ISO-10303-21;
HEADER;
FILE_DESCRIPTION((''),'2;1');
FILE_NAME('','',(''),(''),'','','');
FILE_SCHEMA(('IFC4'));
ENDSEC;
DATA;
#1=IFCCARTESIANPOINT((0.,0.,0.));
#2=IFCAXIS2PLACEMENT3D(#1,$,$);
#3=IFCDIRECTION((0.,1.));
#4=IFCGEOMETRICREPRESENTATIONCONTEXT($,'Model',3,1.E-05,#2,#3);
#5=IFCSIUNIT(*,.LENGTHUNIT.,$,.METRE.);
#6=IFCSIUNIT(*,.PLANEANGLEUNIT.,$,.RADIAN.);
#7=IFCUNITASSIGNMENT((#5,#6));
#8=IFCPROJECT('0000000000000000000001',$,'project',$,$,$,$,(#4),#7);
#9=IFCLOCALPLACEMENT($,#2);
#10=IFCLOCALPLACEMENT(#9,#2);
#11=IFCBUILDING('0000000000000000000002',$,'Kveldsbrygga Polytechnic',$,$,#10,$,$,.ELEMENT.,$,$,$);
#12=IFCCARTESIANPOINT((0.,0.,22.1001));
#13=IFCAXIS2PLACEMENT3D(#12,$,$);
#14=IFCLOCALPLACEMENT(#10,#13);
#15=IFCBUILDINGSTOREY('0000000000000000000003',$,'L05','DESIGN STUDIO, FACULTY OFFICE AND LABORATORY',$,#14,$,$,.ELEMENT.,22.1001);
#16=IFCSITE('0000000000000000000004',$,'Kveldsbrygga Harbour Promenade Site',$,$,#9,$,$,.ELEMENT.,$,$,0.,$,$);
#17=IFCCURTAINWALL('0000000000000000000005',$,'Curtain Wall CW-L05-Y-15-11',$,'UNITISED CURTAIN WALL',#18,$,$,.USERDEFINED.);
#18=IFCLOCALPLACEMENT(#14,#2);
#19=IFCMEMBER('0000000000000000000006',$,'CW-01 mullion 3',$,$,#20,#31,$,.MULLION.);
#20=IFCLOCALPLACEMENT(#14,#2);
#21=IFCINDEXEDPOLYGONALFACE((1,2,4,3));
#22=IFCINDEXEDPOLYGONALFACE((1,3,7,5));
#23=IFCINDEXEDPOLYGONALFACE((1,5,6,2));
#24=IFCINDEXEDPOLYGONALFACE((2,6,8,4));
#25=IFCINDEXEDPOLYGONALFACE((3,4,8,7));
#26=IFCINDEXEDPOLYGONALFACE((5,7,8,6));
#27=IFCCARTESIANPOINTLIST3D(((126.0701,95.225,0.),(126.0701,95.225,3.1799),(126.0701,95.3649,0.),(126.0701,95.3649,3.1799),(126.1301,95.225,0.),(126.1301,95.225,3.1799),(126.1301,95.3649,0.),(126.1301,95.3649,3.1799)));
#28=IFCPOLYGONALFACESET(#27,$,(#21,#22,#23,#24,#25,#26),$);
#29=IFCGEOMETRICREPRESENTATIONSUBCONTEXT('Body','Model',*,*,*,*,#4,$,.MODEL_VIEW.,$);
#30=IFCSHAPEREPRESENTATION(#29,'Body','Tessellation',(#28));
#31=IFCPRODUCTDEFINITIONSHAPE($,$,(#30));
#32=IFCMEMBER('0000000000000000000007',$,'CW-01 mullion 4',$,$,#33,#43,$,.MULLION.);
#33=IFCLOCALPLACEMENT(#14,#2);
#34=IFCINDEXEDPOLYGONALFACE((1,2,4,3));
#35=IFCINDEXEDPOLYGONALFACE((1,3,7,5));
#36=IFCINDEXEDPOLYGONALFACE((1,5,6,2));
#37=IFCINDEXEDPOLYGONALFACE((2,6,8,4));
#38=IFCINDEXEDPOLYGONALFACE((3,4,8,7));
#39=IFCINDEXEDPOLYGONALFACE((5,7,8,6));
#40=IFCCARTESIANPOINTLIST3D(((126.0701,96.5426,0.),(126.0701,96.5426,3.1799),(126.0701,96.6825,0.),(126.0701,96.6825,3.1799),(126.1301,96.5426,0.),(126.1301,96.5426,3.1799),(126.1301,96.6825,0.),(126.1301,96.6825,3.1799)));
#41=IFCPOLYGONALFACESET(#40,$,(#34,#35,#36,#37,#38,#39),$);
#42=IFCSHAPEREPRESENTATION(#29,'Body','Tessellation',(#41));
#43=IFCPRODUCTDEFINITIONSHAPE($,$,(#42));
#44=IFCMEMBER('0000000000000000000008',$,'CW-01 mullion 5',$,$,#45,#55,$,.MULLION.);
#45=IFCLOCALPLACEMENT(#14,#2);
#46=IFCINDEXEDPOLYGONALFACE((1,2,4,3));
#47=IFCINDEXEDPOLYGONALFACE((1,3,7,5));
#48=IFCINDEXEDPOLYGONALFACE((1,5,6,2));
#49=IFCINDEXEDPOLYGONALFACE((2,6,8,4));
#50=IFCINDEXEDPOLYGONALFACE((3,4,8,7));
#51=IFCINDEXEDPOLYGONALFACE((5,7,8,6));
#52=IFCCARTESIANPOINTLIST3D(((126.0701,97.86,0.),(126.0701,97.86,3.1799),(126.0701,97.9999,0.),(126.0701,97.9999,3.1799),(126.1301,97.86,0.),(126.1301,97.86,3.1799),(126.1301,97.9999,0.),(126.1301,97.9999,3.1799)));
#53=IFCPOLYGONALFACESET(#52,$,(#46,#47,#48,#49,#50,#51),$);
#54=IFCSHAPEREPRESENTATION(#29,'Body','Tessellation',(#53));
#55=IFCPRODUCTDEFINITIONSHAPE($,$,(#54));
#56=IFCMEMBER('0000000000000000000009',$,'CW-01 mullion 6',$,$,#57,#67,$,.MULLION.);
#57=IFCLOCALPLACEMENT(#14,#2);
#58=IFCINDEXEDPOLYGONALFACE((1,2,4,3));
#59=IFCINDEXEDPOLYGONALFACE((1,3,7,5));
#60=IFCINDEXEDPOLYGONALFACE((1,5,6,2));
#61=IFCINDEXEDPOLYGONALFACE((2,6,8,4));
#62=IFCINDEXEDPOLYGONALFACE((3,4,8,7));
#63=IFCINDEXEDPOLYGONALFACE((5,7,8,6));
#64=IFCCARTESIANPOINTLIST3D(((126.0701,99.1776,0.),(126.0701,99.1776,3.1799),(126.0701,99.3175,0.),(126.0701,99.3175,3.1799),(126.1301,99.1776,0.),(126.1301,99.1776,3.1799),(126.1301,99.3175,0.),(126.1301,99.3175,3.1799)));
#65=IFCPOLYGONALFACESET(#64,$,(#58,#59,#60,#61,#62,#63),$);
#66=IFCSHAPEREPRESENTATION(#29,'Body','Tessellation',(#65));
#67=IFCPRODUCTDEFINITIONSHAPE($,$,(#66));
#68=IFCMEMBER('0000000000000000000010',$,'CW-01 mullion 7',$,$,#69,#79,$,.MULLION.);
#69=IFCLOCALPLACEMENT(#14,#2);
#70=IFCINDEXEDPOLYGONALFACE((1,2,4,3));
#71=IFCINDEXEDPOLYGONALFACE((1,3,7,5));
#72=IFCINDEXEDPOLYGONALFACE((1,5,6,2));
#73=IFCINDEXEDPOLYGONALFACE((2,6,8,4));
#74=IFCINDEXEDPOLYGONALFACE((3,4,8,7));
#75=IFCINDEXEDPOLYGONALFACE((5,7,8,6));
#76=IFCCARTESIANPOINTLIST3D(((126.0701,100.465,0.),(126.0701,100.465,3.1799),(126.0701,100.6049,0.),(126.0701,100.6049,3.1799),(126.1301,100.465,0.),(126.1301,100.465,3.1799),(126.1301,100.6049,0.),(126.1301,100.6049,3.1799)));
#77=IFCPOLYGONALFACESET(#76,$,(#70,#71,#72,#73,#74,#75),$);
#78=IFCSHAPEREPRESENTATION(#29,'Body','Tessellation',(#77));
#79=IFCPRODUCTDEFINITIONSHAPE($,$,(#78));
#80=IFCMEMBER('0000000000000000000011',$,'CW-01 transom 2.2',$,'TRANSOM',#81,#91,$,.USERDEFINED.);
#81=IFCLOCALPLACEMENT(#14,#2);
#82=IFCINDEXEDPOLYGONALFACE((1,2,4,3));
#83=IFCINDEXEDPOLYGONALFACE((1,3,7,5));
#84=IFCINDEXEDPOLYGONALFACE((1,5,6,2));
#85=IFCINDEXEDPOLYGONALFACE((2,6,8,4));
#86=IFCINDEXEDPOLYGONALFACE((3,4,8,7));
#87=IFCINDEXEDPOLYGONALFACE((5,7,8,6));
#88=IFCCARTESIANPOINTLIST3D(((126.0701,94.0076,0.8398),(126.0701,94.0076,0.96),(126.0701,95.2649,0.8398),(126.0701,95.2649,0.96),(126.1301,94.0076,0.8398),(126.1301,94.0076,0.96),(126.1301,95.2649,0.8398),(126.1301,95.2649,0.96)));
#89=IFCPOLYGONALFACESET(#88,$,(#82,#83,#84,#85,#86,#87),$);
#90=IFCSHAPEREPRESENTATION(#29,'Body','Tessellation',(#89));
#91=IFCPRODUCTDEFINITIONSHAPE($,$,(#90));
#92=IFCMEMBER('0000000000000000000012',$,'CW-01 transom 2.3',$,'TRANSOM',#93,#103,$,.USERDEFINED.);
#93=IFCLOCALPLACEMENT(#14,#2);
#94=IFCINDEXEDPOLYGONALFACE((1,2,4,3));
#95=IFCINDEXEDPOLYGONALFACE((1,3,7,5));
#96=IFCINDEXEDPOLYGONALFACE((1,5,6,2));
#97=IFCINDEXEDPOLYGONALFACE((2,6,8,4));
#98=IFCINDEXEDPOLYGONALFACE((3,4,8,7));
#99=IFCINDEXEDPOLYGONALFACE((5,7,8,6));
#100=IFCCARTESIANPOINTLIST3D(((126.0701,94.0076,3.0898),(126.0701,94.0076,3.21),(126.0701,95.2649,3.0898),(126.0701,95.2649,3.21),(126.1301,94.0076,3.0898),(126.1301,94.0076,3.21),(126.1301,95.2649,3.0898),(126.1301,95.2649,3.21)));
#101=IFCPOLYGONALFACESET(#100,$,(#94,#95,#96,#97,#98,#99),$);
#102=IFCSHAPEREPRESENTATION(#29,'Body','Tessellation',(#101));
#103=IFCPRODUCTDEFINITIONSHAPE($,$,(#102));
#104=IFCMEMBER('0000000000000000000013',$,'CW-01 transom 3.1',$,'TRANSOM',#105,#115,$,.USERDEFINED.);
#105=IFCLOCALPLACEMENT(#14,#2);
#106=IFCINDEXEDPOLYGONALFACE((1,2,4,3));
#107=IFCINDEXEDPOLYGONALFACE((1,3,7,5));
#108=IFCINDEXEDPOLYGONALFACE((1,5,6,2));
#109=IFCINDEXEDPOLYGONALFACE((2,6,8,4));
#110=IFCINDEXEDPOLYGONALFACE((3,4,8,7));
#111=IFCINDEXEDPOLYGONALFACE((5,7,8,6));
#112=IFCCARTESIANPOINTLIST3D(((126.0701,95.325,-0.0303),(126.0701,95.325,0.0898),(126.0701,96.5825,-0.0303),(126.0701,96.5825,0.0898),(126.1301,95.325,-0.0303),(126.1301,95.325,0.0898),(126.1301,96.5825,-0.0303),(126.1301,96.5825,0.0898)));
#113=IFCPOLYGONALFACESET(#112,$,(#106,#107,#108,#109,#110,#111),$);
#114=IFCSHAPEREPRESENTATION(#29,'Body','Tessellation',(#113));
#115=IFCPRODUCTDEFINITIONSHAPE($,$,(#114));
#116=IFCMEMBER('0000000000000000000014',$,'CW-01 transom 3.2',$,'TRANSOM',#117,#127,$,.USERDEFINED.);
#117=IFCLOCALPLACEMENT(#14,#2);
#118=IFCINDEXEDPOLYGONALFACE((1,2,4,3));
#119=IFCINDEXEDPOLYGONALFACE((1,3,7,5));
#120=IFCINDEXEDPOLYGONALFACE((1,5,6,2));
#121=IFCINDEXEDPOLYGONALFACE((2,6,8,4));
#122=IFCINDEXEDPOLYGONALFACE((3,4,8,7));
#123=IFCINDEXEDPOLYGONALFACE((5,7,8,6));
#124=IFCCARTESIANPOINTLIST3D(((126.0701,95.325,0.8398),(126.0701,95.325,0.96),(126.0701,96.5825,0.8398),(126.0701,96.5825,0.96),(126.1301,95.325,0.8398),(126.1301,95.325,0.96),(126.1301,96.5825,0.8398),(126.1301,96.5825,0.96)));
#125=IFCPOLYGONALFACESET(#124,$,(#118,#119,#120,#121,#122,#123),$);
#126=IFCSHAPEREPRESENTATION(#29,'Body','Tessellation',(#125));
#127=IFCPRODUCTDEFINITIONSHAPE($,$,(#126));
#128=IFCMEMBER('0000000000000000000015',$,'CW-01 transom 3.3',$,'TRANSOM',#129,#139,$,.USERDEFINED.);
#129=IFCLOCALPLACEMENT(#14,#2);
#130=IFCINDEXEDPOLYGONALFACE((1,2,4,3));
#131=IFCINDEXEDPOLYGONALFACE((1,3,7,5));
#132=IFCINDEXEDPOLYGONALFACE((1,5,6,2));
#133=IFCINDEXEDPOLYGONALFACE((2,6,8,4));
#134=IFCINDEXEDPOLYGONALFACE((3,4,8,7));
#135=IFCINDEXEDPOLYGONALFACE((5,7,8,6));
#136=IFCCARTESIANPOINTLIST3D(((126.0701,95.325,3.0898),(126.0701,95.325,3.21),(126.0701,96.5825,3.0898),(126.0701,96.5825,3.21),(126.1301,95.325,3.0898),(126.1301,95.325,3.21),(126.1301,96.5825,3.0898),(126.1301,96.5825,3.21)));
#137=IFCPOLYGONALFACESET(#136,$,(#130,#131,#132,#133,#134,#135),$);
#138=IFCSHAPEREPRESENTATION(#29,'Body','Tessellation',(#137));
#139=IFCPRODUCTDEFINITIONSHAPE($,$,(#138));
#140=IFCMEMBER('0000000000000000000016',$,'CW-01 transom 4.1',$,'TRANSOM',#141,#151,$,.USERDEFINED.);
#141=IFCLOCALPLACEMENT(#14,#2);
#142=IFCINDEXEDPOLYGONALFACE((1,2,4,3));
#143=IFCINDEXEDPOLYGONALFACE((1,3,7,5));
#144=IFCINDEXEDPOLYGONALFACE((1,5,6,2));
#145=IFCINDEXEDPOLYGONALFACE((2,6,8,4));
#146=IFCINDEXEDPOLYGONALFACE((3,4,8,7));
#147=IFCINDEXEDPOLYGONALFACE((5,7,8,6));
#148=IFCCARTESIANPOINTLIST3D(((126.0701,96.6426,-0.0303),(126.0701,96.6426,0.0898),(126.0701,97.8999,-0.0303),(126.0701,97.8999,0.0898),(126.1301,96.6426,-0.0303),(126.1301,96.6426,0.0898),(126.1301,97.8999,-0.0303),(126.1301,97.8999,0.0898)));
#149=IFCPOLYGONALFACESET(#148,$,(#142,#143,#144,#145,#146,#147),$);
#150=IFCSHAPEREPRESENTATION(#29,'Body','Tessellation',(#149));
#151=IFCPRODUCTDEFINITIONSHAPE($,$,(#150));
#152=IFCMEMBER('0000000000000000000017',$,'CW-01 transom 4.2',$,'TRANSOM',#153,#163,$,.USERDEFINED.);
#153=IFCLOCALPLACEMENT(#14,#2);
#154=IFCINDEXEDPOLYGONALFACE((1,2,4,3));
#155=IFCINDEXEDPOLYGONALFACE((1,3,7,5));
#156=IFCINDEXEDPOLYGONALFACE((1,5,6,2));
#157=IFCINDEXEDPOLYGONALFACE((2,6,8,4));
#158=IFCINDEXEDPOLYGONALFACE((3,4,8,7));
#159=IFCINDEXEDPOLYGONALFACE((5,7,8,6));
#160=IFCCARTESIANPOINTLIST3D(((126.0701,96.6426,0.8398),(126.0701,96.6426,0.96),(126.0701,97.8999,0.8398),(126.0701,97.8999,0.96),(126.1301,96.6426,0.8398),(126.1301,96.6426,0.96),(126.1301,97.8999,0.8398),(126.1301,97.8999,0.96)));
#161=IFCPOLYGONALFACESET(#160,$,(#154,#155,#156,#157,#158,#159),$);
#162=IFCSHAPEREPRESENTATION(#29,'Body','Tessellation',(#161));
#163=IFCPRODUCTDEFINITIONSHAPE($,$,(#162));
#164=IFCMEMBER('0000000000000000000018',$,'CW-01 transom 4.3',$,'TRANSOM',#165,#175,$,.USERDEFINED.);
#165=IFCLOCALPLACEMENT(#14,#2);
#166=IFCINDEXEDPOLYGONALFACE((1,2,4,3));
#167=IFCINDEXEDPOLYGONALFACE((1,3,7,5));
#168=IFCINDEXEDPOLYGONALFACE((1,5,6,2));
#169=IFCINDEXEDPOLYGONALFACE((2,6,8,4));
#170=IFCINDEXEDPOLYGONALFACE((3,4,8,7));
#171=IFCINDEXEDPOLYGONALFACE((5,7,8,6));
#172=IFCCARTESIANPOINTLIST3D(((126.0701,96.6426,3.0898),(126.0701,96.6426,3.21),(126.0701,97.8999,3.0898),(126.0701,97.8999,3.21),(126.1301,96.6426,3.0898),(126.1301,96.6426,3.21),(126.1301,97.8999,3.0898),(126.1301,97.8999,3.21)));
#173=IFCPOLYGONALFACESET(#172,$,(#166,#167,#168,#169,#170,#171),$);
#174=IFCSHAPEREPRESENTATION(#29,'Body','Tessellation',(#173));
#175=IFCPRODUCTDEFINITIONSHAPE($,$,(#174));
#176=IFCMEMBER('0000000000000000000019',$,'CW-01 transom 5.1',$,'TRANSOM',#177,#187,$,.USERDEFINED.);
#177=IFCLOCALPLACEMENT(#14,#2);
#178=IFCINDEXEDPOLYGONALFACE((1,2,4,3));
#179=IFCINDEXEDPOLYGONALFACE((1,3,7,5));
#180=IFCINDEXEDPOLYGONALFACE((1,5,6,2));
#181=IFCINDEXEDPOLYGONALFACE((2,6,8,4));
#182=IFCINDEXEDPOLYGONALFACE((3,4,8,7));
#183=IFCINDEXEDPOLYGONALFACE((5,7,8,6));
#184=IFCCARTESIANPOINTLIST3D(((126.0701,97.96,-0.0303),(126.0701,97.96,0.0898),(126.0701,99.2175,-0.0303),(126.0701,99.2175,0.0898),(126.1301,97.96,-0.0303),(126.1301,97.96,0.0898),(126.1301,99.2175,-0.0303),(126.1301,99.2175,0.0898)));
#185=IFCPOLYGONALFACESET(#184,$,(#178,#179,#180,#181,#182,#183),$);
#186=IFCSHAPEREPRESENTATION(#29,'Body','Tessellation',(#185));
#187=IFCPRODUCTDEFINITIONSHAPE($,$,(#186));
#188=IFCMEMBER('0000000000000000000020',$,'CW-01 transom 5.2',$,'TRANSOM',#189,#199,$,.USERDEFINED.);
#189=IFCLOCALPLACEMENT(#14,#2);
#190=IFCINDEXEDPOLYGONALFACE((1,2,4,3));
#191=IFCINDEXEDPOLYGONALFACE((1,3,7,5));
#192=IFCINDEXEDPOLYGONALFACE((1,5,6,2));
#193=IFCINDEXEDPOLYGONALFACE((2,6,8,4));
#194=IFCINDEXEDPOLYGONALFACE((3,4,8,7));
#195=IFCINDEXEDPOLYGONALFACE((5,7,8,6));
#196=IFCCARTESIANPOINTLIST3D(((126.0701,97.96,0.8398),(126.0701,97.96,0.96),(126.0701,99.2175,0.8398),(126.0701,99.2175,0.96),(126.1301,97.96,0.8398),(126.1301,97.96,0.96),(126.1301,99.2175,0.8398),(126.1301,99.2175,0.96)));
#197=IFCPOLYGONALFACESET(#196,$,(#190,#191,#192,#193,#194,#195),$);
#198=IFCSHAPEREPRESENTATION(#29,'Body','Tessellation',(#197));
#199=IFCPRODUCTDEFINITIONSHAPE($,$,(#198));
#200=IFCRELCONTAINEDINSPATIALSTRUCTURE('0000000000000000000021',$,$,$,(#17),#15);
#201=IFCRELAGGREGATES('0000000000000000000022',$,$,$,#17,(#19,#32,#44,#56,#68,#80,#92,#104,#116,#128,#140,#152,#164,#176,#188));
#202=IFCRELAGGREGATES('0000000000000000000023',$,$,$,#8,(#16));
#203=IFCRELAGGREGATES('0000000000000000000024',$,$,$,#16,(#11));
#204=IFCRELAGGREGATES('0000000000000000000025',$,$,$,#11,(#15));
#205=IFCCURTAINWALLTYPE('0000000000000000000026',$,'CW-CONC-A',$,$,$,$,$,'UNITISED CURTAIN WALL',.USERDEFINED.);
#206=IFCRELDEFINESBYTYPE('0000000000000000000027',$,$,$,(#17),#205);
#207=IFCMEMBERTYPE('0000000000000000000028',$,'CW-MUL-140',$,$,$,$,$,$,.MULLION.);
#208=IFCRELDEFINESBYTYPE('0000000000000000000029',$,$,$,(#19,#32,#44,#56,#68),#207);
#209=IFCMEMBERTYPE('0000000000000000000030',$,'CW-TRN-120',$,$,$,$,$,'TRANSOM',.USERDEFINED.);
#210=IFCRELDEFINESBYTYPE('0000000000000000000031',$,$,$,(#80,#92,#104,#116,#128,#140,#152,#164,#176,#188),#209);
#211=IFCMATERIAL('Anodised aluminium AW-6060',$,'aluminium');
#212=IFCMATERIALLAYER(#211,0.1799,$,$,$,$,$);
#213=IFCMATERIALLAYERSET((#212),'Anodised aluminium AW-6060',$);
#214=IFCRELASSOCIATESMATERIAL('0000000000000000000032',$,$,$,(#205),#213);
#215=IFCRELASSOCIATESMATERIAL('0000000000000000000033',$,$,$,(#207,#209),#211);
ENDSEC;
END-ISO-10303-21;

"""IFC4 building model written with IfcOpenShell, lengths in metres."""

from ifc_helpers import new_model, si_unit, direction, frame, origin, origin_2d, place, context, subcontext, project, spatial, rectangle, extrude, material, layer, layer_set, material_profile, profile_set, type_object, element, aggregate, save


model = new_model("IFC4")

# Units and contexts
model_context = context("Model", 3, precision=1e-05, world=origin(), true_north=direction((0.0, 1.0)))
body_context = subcontext(model_context, "Body", "Model", "MODEL_VIEW")
ifc_project = project(units=[si_unit("LENGTHUNIT", "METRE"), si_unit("PLANEANGLEUNIT", "RADIAN")], contexts=[model_context])

# Site, building, storey
site_placement = place(None, origin())
site = spatial("IfcSite", under=ifc_project, at=site_placement, Name="Kveldsbrygga Harbour Promenade Site", CompositionType="ELEMENT", RefElevation=0.0)
building_placement = place(site_placement, origin())
building = spatial("IfcBuilding", under=site, at=building_placement, Name="Kveldsbrygga Polytechnic", CompositionType="ELEMENT")
storey_placement = place(building_placement, frame((0.0, 0.0, 22.1001)))
storey = spatial("IfcBuildingStorey", under=building, at=storey_placement, Name="L05", Description="DESIGN STUDIO, FACULTY OFFICE AND LABORATORY", CompositionType="ELEMENT", Elevation=22.1001)

# Curtain wall, members
ifc_material_1 = material(Name="Anodised aluminium AW-6060", Category="aluminium")
ifc_layer_1 = layer(ifc_material_1, 0.1799)
ifc_layer_set_1 = layer_set([ifc_layer_1], Name="Anodised aluminium AW-6060")
curtain_wall_type = type_object("IfcCurtainWallType", Name="CW-CONC-A", ElementType="UNITISED CURTAIN WALL", PredefinedType="USERDEFINED", material=ifc_layer_set_1)
curtain_wall_placement = place(storey_placement, origin())
curtain_wall = element("IfcCurtainWall", 1, at=curtain_wall_placement, inside=storey, type_object=curtain_wall_type, Name="Curtain Wall CW-L05-Y-15-11", ObjectType="UNITISED CURTAIN WALL", PredefinedType="USERDEFINED")
ifc_material_profile_1 = material_profile(ifc_material_1, rectangle(XDim=0.0601, YDim=0.1399, at=origin_2d()), Name="ALU 60x140")
ifc_profile_set_1 = profile_set([ifc_material_profile_1], Name="Anodised aluminium AW-6060")
member_type_1 = type_object("IfcMemberType", Name="CW-MUL-140", PredefinedType="MULLION", material=ifc_profile_set_1)
member_1_placement = place(storey_placement, frame((126.1001, 95.2949, 0.0), z_axis=(0.0, 0.0, 1.0), x_axis=(-1.0, 0.0, 0.0)))
member_1 = element("IfcMember", 2, at=member_1_placement, type_object=member_type_1, Name="CW-01 mullion 3", PredefinedType="MULLION", context=body_context, shape_type="SweptSolid", body=[
    extrude(rectangle(XDim=0.0601, YDim=0.1399, at=origin_2d()), origin(), (0.0, 0.0, 1.0), 3.1799),
])
member_2_placement = place(storey_placement, frame((126.1001, 96.6125, 0.0), z_axis=(0.0, 0.0, 1.0), x_axis=(-1.0, 0.0, 0.0)))
member_2 = element("IfcMember", 3, at=member_2_placement, type_object=member_type_1, Name="CW-01 mullion 4", PredefinedType="MULLION", context=body_context, shape_type="SweptSolid", body=[
    extrude(rectangle(XDim=0.0601, YDim=0.1399, at=origin_2d()), origin(), (0.0, 0.0, 1.0), 3.1799),
])
member_3_placement = place(storey_placement, frame((126.1001, 97.9299, 0.0), z_axis=(0.0, 0.0, 1.0), x_axis=(-1.0, 0.0, 0.0)))
member_3 = element("IfcMember", 4, at=member_3_placement, type_object=member_type_1, Name="CW-01 mullion 5", PredefinedType="MULLION", context=body_context, shape_type="SweptSolid", body=[
    extrude(rectangle(XDim=0.0601, YDim=0.1399, at=origin_2d()), origin(), (0.0, 0.0, 1.0), 3.1799),
])
member_4_placement = place(storey_placement, frame((126.1001, 99.2476, 0.0), z_axis=(0.0, 0.0, 1.0), x_axis=(-1.0, 0.0, 0.0)))
member_4 = element("IfcMember", 5, at=member_4_placement, type_object=member_type_1, Name="CW-01 mullion 6", PredefinedType="MULLION", context=body_context, shape_type="SweptSolid", body=[
    extrude(rectangle(XDim=0.0601, YDim=0.1399, at=origin_2d()), origin(), (0.0, 0.0, 1.0), 3.1799),
])
member_5_placement = place(storey_placement, frame((126.1001, 100.5349, 0.0), z_axis=(0.0, 0.0, 1.0), x_axis=(-1.0, 0.0, 0.0)))
member_5 = element("IfcMember", 6, at=member_5_placement, type_object=member_type_1, Name="CW-01 mullion 7", PredefinedType="MULLION", context=body_context, shape_type="SweptSolid", body=[
    extrude(rectangle(XDim=0.0601, YDim=0.1399, at=origin_2d()), origin(), (0.0, 0.0, 1.0), 3.1799),
])
ifc_material_profile_2 = material_profile(ifc_material_1, rectangle(XDim=0.0601, YDim=0.1201, at=origin_2d()), Name="ALU 60x120")
ifc_profile_set_2 = profile_set([ifc_material_profile_2], Name="Anodised aluminium AW-6060")
member_type_2 = type_object("IfcMemberType", Name="CW-TRN-120", ElementType="TRANSOM", PredefinedType="USERDEFINED", material=ifc_profile_set_2)
member_6_placement = place(storey_placement, frame((126.1001, 94.0076, 0.8999), z_axis=(0.0, 1.0, 0.0), x_axis=(-1.0, 0.0, 0.0)))
member_6 = element("IfcMember", 7, at=member_6_placement, type_object=member_type_2, Name="CW-01 transom 2.2", ObjectType="TRANSOM", PredefinedType="USERDEFINED", context=body_context, shape_type="SweptSolid", body=[
    extrude(rectangle(XDim=0.0601, YDim=0.1201, at=origin_2d()), origin(), (0.0, 0.0, 1.0), 1.2573),
])
member_7_placement = place(storey_placement, frame((126.1001, 94.0076, 3.1499), z_axis=(0.0, 1.0, 0.0), x_axis=(-1.0, 0.0, 0.0)))
member_7 = element("IfcMember", 8, at=member_7_placement, type_object=member_type_2, Name="CW-01 transom 2.3", ObjectType="TRANSOM", PredefinedType="USERDEFINED", context=body_context, shape_type="SweptSolid", body=[
    extrude(rectangle(XDim=0.0601, YDim=0.1201, at=origin_2d()), origin(), (0.0, 0.0, 1.0), 1.2573),
])
member_8_placement = place(storey_placement, frame((126.1001, 95.325, 0.0298), z_axis=(0.0, 1.0, 0.0), x_axis=(-1.0, 0.0, 0.0)))
member_8 = element("IfcMember", 9, at=member_8_placement, type_object=member_type_2, Name="CW-01 transom 3.1", ObjectType="TRANSOM", PredefinedType="USERDEFINED", context=body_context, shape_type="SweptSolid", body=[
    extrude(rectangle(XDim=0.0601, YDim=0.1201, at=origin_2d()), origin(), (0.0, 0.0, 1.0), 1.2576),
])
member_9_placement = place(storey_placement, frame((126.1001, 95.325, 0.8999), z_axis=(0.0, 1.0, 0.0), x_axis=(-1.0, 0.0, 0.0)))
member_9 = element("IfcMember", 10, at=member_9_placement, type_object=member_type_2, Name="CW-01 transom 3.2", ObjectType="TRANSOM", PredefinedType="USERDEFINED", context=body_context, shape_type="SweptSolid", body=[
    extrude(rectangle(XDim=0.0601, YDim=0.1201, at=origin_2d()), origin(), (0.0, 0.0, 1.0), 1.2576),
])
member_10_placement = place(storey_placement, frame((126.1001, 95.325, 3.1499), z_axis=(0.0, 1.0, 0.0), x_axis=(-1.0, 0.0, 0.0)))
member_10 = element("IfcMember", 11, at=member_10_placement, type_object=member_type_2, Name="CW-01 transom 3.3", ObjectType="TRANSOM", PredefinedType="USERDEFINED", context=body_context, shape_type="SweptSolid", body=[
    extrude(rectangle(XDim=0.0601, YDim=0.1201, at=origin_2d()), origin(), (0.0, 0.0, 1.0), 1.2576),
])
member_11_placement = place(storey_placement, frame((126.1001, 96.6426, 0.0298), z_axis=(0.0, 1.0, 0.0), x_axis=(-1.0, 0.0, 0.0)))
member_11 = element("IfcMember", 12, at=member_11_placement, type_object=member_type_2, Name="CW-01 transom 4.1", ObjectType="TRANSOM", PredefinedType="USERDEFINED", context=body_context, shape_type="SweptSolid", body=[
    extrude(rectangle(XDim=0.0601, YDim=0.1201, at=origin_2d()), origin(), (0.0, 0.0, 1.0), 1.2573),
])
member_12_placement = place(storey_placement, frame((126.1001, 96.6426, 0.8999), z_axis=(0.0, 1.0, 0.0), x_axis=(-1.0, 0.0, 0.0)))
member_12 = element("IfcMember", 13, at=member_12_placement, type_object=member_type_2, Name="CW-01 transom 4.2", ObjectType="TRANSOM", PredefinedType="USERDEFINED", context=body_context, shape_type="SweptSolid", body=[
    extrude(rectangle(XDim=0.0601, YDim=0.1201, at=origin_2d()), origin(), (0.0, 0.0, 1.0), 1.2573),
])
member_13_placement = place(storey_placement, frame((126.1001, 96.6426, 3.1499), z_axis=(0.0, 1.0, 0.0), x_axis=(-1.0, 0.0, 0.0)))
member_13 = element("IfcMember", 14, at=member_13_placement, type_object=member_type_2, Name="CW-01 transom 4.3", ObjectType="TRANSOM", PredefinedType="USERDEFINED", context=body_context, shape_type="SweptSolid", body=[
    extrude(rectangle(XDim=0.0601, YDim=0.1201, at=origin_2d()), origin(), (0.0, 0.0, 1.0), 1.2573),
])
member_14_placement = place(storey_placement, frame((126.1001, 97.96, 0.0298), z_axis=(0.0, 1.0, 0.0), x_axis=(-1.0, 0.0, 0.0)))
member_14 = element("IfcMember", 15, at=member_14_placement, type_object=member_type_2, Name="CW-01 transom 5.1", ObjectType="TRANSOM", PredefinedType="USERDEFINED", context=body_context, shape_type="SweptSolid", body=[
    extrude(rectangle(XDim=0.0601, YDim=0.1201, at=origin_2d()), origin(), (0.0, 0.0, 1.0), 1.2576),
])
member_15_placement = place(storey_placement, frame((126.1001, 97.96, 0.8999), z_axis=(0.0, 1.0, 0.0), x_axis=(-1.0, 0.0, 0.0)))
member_15 = element("IfcMember", 16, at=member_15_placement, type_object=member_type_2, Name="CW-01 transom 5.2", ObjectType="TRANSOM", PredefinedType="USERDEFINED", context=body_context, shape_type="SweptSolid", body=[
    extrude(rectangle(XDim=0.0601, YDim=0.1201, at=origin_2d()), origin(), (0.0, 0.0, 1.0), 1.2576),
])

aggregate(curtain_wall, [member_1, member_2, member_3, member_4, member_5, member_6, member_7, member_8, member_9, member_10, member_11, member_12, member_13, member_14, member_15])

save(model, "model.ifc")
